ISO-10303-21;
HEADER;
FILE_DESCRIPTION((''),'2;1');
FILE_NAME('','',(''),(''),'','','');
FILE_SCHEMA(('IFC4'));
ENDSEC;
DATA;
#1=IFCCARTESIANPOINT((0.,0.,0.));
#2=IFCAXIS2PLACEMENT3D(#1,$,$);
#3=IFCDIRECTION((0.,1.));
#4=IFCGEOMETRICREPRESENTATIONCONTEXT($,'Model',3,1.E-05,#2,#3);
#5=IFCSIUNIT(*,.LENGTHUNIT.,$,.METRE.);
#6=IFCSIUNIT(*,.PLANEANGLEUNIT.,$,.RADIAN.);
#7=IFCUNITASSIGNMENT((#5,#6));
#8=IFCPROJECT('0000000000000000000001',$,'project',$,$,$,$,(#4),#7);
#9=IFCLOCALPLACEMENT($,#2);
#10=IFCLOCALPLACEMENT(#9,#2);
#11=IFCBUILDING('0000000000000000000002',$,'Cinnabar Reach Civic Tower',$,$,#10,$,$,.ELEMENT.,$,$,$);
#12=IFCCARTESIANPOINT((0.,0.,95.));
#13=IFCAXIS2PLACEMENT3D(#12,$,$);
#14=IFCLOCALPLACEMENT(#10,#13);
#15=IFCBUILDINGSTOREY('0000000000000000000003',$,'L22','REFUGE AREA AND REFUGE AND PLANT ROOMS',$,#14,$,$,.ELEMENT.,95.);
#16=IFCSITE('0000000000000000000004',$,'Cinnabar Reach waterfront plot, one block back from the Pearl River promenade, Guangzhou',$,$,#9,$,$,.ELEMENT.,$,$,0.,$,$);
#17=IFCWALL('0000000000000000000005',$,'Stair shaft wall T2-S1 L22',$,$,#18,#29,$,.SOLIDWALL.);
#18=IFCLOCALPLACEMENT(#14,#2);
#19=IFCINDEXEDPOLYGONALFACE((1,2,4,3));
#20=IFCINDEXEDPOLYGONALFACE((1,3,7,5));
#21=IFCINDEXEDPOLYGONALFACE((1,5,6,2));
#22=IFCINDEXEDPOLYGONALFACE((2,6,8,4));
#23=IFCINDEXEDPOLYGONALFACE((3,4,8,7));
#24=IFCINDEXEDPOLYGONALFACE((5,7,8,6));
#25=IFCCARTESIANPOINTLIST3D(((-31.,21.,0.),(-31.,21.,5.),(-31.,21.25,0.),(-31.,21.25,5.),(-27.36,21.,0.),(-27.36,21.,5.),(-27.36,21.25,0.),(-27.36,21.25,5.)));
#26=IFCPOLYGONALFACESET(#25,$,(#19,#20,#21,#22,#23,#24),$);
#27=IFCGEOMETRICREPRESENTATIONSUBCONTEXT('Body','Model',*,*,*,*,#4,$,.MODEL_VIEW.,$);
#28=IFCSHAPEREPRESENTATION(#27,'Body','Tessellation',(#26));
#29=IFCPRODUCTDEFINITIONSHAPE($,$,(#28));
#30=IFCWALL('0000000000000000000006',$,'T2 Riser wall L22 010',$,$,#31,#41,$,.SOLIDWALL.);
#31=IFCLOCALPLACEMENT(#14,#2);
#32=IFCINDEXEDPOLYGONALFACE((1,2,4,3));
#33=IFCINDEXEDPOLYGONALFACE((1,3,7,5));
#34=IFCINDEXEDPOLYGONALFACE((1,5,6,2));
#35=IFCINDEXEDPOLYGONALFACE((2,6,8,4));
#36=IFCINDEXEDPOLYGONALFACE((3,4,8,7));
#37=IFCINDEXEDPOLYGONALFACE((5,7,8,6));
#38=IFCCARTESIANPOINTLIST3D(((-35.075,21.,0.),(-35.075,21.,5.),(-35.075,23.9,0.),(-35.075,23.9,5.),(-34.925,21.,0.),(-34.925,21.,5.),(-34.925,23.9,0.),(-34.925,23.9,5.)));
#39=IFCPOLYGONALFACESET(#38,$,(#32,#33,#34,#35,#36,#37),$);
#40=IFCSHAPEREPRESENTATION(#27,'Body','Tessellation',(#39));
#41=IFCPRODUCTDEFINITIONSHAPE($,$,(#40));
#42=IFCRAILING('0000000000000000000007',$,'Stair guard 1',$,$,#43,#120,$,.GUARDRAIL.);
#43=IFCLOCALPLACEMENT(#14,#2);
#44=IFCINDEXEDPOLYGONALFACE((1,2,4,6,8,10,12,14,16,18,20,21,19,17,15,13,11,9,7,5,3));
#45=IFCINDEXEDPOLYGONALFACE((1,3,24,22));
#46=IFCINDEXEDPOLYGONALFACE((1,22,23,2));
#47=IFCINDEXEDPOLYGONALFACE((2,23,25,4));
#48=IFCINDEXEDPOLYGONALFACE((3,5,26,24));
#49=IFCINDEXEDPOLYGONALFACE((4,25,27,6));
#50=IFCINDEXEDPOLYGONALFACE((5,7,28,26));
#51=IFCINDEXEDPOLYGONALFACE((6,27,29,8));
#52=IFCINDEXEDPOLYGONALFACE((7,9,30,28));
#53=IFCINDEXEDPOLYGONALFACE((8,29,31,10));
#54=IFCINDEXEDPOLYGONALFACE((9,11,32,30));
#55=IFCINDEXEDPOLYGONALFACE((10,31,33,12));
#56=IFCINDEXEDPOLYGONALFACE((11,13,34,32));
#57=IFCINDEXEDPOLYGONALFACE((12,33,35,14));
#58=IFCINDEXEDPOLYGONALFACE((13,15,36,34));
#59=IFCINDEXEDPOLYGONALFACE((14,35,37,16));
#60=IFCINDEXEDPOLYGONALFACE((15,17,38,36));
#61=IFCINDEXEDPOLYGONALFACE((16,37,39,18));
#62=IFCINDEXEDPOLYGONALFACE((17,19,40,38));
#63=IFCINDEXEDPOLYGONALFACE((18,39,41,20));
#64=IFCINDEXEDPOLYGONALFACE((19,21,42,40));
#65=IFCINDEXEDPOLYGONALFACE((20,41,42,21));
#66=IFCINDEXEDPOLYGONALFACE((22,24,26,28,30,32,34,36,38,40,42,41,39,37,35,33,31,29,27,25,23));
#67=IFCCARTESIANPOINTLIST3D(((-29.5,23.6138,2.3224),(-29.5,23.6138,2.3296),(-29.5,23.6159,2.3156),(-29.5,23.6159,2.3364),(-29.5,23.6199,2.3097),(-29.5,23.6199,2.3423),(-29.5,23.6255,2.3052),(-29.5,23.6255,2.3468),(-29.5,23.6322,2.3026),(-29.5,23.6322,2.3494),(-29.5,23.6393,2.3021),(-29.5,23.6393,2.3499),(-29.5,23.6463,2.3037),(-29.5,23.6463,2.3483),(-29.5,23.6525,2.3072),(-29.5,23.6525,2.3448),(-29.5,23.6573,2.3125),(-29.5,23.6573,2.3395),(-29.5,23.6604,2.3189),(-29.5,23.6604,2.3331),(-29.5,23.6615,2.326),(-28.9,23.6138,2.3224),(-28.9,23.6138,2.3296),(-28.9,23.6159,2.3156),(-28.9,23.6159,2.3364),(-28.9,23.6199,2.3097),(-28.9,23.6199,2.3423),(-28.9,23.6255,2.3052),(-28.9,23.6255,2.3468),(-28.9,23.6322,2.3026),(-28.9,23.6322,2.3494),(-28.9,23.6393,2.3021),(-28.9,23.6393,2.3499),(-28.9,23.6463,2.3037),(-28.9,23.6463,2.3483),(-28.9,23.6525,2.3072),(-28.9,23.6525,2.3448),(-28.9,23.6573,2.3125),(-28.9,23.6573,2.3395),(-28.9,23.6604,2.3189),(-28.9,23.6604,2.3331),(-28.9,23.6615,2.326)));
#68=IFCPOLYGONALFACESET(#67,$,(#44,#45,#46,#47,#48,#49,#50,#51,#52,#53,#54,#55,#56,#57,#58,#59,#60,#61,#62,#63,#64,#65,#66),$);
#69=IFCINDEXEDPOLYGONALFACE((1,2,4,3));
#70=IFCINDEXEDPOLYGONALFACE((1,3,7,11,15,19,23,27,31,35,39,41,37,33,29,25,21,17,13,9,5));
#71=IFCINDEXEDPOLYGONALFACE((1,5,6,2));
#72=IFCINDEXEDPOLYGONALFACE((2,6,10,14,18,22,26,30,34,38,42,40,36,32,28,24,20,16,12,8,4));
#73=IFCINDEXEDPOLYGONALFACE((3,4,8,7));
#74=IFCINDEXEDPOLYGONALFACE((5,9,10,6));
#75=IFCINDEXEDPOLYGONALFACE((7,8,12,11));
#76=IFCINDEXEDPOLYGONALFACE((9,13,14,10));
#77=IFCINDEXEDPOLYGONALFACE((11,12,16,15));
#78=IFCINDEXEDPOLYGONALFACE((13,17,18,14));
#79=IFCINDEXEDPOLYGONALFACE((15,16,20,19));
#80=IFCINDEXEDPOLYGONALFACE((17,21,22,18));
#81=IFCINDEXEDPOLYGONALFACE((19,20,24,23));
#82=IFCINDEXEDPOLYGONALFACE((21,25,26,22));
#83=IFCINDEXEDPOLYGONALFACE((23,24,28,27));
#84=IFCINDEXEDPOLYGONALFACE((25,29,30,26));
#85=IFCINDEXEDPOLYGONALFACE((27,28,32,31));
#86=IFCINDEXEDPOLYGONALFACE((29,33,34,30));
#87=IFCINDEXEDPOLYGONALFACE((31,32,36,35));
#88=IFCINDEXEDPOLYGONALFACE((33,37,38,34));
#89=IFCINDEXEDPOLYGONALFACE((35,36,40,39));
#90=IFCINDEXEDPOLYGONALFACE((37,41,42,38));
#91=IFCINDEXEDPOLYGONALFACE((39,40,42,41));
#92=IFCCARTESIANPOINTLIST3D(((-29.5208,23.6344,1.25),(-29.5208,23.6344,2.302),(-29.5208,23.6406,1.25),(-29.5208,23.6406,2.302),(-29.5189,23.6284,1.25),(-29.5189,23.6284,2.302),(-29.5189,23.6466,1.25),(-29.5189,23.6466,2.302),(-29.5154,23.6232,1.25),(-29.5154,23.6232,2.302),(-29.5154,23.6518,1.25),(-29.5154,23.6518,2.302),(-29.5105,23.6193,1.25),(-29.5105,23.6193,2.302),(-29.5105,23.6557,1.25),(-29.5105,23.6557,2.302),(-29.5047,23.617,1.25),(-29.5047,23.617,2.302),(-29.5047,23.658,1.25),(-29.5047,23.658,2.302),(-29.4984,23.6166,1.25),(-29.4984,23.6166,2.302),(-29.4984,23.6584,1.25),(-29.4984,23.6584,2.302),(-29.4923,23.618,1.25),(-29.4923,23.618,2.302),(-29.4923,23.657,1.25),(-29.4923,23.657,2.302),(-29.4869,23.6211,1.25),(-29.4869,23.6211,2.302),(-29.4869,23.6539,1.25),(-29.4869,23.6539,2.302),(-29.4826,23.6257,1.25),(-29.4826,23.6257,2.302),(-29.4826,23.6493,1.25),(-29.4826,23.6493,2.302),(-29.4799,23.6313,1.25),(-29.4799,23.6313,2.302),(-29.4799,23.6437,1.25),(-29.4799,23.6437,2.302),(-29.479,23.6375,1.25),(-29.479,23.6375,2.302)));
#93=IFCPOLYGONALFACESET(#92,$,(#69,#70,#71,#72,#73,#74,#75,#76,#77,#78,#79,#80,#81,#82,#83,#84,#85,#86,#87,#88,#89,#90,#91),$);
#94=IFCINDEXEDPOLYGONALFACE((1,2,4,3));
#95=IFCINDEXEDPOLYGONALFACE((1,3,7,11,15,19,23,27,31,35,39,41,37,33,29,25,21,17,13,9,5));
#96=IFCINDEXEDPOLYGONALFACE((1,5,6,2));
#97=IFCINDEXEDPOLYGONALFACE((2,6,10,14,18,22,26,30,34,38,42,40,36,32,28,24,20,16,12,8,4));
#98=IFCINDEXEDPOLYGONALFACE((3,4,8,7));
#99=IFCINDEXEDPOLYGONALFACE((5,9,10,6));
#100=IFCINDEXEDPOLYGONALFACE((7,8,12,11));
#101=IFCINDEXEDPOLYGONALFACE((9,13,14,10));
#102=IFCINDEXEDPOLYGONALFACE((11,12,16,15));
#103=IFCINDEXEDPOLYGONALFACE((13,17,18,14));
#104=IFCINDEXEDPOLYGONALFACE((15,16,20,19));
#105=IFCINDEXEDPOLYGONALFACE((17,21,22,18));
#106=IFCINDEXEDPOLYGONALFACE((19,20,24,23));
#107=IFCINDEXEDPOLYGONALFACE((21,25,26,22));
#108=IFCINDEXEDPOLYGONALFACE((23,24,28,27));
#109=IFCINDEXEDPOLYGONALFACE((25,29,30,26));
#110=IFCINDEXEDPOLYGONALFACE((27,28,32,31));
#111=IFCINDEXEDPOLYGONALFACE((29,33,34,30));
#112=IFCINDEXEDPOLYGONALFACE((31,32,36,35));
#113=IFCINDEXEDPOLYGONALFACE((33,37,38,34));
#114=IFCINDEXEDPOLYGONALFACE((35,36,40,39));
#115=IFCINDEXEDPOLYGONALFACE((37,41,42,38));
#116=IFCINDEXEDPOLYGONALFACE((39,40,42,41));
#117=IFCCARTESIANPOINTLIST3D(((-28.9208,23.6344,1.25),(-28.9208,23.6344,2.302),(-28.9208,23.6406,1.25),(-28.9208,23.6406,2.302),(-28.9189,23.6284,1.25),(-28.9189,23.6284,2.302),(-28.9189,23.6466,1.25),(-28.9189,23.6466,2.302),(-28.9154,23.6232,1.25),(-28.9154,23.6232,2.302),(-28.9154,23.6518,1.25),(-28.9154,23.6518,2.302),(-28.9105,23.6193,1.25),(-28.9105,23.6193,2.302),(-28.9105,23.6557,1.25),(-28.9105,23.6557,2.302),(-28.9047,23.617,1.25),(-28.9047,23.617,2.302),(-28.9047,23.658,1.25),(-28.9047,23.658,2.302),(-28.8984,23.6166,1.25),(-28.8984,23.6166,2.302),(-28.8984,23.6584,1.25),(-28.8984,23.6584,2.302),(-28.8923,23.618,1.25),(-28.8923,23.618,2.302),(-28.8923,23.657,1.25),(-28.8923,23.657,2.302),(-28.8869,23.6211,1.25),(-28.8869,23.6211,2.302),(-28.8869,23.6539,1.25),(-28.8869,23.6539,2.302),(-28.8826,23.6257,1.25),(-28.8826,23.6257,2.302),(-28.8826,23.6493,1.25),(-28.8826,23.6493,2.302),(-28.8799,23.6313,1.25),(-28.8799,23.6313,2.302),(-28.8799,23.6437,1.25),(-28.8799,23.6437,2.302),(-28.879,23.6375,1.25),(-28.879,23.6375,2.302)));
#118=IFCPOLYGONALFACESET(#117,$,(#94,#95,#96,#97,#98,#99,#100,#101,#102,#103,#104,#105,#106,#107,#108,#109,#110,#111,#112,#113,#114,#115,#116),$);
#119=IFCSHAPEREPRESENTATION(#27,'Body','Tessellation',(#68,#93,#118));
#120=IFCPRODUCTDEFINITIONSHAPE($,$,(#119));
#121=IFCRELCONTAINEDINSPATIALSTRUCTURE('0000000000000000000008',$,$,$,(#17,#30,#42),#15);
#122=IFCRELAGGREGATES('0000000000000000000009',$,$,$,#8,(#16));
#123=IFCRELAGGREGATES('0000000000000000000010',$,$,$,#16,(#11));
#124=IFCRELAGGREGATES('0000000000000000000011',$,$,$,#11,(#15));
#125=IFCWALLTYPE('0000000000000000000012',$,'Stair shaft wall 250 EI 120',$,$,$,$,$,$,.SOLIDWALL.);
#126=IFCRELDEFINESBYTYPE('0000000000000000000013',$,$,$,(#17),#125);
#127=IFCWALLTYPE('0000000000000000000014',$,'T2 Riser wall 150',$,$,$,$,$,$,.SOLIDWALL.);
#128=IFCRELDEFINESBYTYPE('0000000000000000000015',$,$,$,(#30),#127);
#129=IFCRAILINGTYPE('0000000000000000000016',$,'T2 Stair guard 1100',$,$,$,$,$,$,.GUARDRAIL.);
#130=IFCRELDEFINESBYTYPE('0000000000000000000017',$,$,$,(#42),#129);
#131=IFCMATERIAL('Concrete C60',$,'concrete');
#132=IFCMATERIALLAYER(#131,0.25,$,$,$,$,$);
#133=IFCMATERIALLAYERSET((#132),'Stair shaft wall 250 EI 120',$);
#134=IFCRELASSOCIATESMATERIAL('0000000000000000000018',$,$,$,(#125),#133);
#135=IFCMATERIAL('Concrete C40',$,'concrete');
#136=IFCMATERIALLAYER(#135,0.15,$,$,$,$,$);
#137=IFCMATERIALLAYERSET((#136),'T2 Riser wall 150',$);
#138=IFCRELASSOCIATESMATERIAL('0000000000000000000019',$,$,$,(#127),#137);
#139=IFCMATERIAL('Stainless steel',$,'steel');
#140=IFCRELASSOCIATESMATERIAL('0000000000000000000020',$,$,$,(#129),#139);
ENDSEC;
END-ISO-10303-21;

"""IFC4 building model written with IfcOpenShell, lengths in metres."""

from ifc_helpers import new_model, si_unit, direction, frame, frame_2d, origin, origin_2d, place, context, subcontext, project, spatial, rectangle, circle, extrude, material, layer, layer_set, type_object, element, save


model = new_model("IFC4")

# Units and contexts
model_context = context("Model", 3, precision=1e-05, world=origin(), true_north=direction((0.0, 1.0)))
body_context = subcontext(model_context, "Body", "Model", "MODEL_VIEW")
ifc_project = project(units=[si_unit("LENGTHUNIT", "METRE"), si_unit("PLANEANGLEUNIT", "RADIAN")], contexts=[model_context])

# Site, building, storey
site_placement = place(None, origin())
site = spatial("IfcSite", under=ifc_project, at=site_placement, Name="Cinnabar Reach waterfront plot, one block back from the Pearl River promenade, Guangzhou", CompositionType="ELEMENT", RefElevation=0.0)
building_placement = place(site_placement, origin())
building = spatial("IfcBuilding", under=site, at=building_placement, Name="Cinnabar Reach Civic Tower", CompositionType="ELEMENT")
storey_placement = place(building_placement, frame((0.0, 0.0, 95.0)))
storey = spatial("IfcBuildingStorey", under=building, at=storey_placement, Name="L22", Description="REFUGE AREA AND REFUGE AND PLANT ROOMS", CompositionType="ELEMENT", Elevation=95.0)

# Shared definitions
ifc_material_1 = material(Name="Concrete C60", Category="concrete")

# Walls
ifc_layer_1 = layer(ifc_material_1, 0.25)
ifc_layer_set_1 = layer_set([ifc_layer_1], Name="Stair shaft wall 250 EI 120")
wall_type_1 = type_object("IfcWallType", Name="Stair shaft wall 250 EI 120", PredefinedType="SOLIDWALL", material=ifc_layer_set_1)
wall_1_placement = place(storey_placement, frame((-31.0, 21.125, 0.0), z_axis=(0.0, 0.0, 1.0), x_axis=(1.0, 0.0, 0.0)))
element("IfcWall", 1, at=wall_1_placement, inside=storey, type_object=wall_type_1, Name="Stair shaft wall T2-S1 L22", PredefinedType="SOLIDWALL", context=body_context, shape_type="SweptSolid", body=[
    extrude(rectangle(XDim=3.64, YDim=0.25, at=frame_2d((1.82, 0.0))), origin(), (0.0, 0.0, 1.0), 5.0),
])
ifc_material_2 = material(Name="Concrete C40", Category="concrete")
ifc_layer_2 = layer(ifc_material_2, 0.15)
ifc_layer_set_2 = layer_set([ifc_layer_2], Name="T2 Riser wall 150")
wall_type_2 = type_object("IfcWallType", Name="T2 Riser wall 150", PredefinedType="SOLIDWALL", material=ifc_layer_set_2)
wall_2_placement = place(storey_placement, frame((-35.0, 21.0, 0.0), z_axis=(0.0, 0.0, 1.0), x_axis=(0.0, 1.0, 0.0)))
element("IfcWall", 2, at=wall_2_placement, inside=storey, type_object=wall_type_2, Name="T2 Riser wall L22 010", PredefinedType="SOLIDWALL", context=body_context, shape_type="SweptSolid", body=[
    extrude(rectangle(XDim=2.9, YDim=0.15, at=frame_2d((1.45, 0.0))), origin(), (0.0, 0.0, 1.0), 5.0),
])

# Railing
ifc_material_3 = material(Name="Stainless steel", Category="steel")
railing_type = type_object("IfcRailingType", Name="T2 Stair guard 1100", PredefinedType="GUARDRAIL", material=ifc_material_3)
railing_1_placement = place(storey_placement, frame((-29.5, 23.6375, 1.25)))
element("IfcRailing", 3, at=railing_1_placement, inside=storey, type_object=railing_type, Name="Stair guard 1", PredefinedType="GUARDRAIL", context=body_context, shape_type="SweptSolid", body=[
    extrude(circle(Radius=0.024, at=origin_2d()), frame((0.0, 0.0, 1.076), z_axis=(1.0, 0.0, 0.0), x_axis=(0.0, 1.0, 0.0)), (0.0, 0.0, 1.0), 0.6),
    extrude(circle(Radius=0.021, at=origin_2d()), origin(), (0.0, 0.0, 1.0), 1.052),
    extrude(circle(Radius=0.021, at=origin_2d()), frame((0.6, 0.0, 0.0)), (0.0, 0.0, 1.0), 1.052),
])

save(model, "model.ifc")
